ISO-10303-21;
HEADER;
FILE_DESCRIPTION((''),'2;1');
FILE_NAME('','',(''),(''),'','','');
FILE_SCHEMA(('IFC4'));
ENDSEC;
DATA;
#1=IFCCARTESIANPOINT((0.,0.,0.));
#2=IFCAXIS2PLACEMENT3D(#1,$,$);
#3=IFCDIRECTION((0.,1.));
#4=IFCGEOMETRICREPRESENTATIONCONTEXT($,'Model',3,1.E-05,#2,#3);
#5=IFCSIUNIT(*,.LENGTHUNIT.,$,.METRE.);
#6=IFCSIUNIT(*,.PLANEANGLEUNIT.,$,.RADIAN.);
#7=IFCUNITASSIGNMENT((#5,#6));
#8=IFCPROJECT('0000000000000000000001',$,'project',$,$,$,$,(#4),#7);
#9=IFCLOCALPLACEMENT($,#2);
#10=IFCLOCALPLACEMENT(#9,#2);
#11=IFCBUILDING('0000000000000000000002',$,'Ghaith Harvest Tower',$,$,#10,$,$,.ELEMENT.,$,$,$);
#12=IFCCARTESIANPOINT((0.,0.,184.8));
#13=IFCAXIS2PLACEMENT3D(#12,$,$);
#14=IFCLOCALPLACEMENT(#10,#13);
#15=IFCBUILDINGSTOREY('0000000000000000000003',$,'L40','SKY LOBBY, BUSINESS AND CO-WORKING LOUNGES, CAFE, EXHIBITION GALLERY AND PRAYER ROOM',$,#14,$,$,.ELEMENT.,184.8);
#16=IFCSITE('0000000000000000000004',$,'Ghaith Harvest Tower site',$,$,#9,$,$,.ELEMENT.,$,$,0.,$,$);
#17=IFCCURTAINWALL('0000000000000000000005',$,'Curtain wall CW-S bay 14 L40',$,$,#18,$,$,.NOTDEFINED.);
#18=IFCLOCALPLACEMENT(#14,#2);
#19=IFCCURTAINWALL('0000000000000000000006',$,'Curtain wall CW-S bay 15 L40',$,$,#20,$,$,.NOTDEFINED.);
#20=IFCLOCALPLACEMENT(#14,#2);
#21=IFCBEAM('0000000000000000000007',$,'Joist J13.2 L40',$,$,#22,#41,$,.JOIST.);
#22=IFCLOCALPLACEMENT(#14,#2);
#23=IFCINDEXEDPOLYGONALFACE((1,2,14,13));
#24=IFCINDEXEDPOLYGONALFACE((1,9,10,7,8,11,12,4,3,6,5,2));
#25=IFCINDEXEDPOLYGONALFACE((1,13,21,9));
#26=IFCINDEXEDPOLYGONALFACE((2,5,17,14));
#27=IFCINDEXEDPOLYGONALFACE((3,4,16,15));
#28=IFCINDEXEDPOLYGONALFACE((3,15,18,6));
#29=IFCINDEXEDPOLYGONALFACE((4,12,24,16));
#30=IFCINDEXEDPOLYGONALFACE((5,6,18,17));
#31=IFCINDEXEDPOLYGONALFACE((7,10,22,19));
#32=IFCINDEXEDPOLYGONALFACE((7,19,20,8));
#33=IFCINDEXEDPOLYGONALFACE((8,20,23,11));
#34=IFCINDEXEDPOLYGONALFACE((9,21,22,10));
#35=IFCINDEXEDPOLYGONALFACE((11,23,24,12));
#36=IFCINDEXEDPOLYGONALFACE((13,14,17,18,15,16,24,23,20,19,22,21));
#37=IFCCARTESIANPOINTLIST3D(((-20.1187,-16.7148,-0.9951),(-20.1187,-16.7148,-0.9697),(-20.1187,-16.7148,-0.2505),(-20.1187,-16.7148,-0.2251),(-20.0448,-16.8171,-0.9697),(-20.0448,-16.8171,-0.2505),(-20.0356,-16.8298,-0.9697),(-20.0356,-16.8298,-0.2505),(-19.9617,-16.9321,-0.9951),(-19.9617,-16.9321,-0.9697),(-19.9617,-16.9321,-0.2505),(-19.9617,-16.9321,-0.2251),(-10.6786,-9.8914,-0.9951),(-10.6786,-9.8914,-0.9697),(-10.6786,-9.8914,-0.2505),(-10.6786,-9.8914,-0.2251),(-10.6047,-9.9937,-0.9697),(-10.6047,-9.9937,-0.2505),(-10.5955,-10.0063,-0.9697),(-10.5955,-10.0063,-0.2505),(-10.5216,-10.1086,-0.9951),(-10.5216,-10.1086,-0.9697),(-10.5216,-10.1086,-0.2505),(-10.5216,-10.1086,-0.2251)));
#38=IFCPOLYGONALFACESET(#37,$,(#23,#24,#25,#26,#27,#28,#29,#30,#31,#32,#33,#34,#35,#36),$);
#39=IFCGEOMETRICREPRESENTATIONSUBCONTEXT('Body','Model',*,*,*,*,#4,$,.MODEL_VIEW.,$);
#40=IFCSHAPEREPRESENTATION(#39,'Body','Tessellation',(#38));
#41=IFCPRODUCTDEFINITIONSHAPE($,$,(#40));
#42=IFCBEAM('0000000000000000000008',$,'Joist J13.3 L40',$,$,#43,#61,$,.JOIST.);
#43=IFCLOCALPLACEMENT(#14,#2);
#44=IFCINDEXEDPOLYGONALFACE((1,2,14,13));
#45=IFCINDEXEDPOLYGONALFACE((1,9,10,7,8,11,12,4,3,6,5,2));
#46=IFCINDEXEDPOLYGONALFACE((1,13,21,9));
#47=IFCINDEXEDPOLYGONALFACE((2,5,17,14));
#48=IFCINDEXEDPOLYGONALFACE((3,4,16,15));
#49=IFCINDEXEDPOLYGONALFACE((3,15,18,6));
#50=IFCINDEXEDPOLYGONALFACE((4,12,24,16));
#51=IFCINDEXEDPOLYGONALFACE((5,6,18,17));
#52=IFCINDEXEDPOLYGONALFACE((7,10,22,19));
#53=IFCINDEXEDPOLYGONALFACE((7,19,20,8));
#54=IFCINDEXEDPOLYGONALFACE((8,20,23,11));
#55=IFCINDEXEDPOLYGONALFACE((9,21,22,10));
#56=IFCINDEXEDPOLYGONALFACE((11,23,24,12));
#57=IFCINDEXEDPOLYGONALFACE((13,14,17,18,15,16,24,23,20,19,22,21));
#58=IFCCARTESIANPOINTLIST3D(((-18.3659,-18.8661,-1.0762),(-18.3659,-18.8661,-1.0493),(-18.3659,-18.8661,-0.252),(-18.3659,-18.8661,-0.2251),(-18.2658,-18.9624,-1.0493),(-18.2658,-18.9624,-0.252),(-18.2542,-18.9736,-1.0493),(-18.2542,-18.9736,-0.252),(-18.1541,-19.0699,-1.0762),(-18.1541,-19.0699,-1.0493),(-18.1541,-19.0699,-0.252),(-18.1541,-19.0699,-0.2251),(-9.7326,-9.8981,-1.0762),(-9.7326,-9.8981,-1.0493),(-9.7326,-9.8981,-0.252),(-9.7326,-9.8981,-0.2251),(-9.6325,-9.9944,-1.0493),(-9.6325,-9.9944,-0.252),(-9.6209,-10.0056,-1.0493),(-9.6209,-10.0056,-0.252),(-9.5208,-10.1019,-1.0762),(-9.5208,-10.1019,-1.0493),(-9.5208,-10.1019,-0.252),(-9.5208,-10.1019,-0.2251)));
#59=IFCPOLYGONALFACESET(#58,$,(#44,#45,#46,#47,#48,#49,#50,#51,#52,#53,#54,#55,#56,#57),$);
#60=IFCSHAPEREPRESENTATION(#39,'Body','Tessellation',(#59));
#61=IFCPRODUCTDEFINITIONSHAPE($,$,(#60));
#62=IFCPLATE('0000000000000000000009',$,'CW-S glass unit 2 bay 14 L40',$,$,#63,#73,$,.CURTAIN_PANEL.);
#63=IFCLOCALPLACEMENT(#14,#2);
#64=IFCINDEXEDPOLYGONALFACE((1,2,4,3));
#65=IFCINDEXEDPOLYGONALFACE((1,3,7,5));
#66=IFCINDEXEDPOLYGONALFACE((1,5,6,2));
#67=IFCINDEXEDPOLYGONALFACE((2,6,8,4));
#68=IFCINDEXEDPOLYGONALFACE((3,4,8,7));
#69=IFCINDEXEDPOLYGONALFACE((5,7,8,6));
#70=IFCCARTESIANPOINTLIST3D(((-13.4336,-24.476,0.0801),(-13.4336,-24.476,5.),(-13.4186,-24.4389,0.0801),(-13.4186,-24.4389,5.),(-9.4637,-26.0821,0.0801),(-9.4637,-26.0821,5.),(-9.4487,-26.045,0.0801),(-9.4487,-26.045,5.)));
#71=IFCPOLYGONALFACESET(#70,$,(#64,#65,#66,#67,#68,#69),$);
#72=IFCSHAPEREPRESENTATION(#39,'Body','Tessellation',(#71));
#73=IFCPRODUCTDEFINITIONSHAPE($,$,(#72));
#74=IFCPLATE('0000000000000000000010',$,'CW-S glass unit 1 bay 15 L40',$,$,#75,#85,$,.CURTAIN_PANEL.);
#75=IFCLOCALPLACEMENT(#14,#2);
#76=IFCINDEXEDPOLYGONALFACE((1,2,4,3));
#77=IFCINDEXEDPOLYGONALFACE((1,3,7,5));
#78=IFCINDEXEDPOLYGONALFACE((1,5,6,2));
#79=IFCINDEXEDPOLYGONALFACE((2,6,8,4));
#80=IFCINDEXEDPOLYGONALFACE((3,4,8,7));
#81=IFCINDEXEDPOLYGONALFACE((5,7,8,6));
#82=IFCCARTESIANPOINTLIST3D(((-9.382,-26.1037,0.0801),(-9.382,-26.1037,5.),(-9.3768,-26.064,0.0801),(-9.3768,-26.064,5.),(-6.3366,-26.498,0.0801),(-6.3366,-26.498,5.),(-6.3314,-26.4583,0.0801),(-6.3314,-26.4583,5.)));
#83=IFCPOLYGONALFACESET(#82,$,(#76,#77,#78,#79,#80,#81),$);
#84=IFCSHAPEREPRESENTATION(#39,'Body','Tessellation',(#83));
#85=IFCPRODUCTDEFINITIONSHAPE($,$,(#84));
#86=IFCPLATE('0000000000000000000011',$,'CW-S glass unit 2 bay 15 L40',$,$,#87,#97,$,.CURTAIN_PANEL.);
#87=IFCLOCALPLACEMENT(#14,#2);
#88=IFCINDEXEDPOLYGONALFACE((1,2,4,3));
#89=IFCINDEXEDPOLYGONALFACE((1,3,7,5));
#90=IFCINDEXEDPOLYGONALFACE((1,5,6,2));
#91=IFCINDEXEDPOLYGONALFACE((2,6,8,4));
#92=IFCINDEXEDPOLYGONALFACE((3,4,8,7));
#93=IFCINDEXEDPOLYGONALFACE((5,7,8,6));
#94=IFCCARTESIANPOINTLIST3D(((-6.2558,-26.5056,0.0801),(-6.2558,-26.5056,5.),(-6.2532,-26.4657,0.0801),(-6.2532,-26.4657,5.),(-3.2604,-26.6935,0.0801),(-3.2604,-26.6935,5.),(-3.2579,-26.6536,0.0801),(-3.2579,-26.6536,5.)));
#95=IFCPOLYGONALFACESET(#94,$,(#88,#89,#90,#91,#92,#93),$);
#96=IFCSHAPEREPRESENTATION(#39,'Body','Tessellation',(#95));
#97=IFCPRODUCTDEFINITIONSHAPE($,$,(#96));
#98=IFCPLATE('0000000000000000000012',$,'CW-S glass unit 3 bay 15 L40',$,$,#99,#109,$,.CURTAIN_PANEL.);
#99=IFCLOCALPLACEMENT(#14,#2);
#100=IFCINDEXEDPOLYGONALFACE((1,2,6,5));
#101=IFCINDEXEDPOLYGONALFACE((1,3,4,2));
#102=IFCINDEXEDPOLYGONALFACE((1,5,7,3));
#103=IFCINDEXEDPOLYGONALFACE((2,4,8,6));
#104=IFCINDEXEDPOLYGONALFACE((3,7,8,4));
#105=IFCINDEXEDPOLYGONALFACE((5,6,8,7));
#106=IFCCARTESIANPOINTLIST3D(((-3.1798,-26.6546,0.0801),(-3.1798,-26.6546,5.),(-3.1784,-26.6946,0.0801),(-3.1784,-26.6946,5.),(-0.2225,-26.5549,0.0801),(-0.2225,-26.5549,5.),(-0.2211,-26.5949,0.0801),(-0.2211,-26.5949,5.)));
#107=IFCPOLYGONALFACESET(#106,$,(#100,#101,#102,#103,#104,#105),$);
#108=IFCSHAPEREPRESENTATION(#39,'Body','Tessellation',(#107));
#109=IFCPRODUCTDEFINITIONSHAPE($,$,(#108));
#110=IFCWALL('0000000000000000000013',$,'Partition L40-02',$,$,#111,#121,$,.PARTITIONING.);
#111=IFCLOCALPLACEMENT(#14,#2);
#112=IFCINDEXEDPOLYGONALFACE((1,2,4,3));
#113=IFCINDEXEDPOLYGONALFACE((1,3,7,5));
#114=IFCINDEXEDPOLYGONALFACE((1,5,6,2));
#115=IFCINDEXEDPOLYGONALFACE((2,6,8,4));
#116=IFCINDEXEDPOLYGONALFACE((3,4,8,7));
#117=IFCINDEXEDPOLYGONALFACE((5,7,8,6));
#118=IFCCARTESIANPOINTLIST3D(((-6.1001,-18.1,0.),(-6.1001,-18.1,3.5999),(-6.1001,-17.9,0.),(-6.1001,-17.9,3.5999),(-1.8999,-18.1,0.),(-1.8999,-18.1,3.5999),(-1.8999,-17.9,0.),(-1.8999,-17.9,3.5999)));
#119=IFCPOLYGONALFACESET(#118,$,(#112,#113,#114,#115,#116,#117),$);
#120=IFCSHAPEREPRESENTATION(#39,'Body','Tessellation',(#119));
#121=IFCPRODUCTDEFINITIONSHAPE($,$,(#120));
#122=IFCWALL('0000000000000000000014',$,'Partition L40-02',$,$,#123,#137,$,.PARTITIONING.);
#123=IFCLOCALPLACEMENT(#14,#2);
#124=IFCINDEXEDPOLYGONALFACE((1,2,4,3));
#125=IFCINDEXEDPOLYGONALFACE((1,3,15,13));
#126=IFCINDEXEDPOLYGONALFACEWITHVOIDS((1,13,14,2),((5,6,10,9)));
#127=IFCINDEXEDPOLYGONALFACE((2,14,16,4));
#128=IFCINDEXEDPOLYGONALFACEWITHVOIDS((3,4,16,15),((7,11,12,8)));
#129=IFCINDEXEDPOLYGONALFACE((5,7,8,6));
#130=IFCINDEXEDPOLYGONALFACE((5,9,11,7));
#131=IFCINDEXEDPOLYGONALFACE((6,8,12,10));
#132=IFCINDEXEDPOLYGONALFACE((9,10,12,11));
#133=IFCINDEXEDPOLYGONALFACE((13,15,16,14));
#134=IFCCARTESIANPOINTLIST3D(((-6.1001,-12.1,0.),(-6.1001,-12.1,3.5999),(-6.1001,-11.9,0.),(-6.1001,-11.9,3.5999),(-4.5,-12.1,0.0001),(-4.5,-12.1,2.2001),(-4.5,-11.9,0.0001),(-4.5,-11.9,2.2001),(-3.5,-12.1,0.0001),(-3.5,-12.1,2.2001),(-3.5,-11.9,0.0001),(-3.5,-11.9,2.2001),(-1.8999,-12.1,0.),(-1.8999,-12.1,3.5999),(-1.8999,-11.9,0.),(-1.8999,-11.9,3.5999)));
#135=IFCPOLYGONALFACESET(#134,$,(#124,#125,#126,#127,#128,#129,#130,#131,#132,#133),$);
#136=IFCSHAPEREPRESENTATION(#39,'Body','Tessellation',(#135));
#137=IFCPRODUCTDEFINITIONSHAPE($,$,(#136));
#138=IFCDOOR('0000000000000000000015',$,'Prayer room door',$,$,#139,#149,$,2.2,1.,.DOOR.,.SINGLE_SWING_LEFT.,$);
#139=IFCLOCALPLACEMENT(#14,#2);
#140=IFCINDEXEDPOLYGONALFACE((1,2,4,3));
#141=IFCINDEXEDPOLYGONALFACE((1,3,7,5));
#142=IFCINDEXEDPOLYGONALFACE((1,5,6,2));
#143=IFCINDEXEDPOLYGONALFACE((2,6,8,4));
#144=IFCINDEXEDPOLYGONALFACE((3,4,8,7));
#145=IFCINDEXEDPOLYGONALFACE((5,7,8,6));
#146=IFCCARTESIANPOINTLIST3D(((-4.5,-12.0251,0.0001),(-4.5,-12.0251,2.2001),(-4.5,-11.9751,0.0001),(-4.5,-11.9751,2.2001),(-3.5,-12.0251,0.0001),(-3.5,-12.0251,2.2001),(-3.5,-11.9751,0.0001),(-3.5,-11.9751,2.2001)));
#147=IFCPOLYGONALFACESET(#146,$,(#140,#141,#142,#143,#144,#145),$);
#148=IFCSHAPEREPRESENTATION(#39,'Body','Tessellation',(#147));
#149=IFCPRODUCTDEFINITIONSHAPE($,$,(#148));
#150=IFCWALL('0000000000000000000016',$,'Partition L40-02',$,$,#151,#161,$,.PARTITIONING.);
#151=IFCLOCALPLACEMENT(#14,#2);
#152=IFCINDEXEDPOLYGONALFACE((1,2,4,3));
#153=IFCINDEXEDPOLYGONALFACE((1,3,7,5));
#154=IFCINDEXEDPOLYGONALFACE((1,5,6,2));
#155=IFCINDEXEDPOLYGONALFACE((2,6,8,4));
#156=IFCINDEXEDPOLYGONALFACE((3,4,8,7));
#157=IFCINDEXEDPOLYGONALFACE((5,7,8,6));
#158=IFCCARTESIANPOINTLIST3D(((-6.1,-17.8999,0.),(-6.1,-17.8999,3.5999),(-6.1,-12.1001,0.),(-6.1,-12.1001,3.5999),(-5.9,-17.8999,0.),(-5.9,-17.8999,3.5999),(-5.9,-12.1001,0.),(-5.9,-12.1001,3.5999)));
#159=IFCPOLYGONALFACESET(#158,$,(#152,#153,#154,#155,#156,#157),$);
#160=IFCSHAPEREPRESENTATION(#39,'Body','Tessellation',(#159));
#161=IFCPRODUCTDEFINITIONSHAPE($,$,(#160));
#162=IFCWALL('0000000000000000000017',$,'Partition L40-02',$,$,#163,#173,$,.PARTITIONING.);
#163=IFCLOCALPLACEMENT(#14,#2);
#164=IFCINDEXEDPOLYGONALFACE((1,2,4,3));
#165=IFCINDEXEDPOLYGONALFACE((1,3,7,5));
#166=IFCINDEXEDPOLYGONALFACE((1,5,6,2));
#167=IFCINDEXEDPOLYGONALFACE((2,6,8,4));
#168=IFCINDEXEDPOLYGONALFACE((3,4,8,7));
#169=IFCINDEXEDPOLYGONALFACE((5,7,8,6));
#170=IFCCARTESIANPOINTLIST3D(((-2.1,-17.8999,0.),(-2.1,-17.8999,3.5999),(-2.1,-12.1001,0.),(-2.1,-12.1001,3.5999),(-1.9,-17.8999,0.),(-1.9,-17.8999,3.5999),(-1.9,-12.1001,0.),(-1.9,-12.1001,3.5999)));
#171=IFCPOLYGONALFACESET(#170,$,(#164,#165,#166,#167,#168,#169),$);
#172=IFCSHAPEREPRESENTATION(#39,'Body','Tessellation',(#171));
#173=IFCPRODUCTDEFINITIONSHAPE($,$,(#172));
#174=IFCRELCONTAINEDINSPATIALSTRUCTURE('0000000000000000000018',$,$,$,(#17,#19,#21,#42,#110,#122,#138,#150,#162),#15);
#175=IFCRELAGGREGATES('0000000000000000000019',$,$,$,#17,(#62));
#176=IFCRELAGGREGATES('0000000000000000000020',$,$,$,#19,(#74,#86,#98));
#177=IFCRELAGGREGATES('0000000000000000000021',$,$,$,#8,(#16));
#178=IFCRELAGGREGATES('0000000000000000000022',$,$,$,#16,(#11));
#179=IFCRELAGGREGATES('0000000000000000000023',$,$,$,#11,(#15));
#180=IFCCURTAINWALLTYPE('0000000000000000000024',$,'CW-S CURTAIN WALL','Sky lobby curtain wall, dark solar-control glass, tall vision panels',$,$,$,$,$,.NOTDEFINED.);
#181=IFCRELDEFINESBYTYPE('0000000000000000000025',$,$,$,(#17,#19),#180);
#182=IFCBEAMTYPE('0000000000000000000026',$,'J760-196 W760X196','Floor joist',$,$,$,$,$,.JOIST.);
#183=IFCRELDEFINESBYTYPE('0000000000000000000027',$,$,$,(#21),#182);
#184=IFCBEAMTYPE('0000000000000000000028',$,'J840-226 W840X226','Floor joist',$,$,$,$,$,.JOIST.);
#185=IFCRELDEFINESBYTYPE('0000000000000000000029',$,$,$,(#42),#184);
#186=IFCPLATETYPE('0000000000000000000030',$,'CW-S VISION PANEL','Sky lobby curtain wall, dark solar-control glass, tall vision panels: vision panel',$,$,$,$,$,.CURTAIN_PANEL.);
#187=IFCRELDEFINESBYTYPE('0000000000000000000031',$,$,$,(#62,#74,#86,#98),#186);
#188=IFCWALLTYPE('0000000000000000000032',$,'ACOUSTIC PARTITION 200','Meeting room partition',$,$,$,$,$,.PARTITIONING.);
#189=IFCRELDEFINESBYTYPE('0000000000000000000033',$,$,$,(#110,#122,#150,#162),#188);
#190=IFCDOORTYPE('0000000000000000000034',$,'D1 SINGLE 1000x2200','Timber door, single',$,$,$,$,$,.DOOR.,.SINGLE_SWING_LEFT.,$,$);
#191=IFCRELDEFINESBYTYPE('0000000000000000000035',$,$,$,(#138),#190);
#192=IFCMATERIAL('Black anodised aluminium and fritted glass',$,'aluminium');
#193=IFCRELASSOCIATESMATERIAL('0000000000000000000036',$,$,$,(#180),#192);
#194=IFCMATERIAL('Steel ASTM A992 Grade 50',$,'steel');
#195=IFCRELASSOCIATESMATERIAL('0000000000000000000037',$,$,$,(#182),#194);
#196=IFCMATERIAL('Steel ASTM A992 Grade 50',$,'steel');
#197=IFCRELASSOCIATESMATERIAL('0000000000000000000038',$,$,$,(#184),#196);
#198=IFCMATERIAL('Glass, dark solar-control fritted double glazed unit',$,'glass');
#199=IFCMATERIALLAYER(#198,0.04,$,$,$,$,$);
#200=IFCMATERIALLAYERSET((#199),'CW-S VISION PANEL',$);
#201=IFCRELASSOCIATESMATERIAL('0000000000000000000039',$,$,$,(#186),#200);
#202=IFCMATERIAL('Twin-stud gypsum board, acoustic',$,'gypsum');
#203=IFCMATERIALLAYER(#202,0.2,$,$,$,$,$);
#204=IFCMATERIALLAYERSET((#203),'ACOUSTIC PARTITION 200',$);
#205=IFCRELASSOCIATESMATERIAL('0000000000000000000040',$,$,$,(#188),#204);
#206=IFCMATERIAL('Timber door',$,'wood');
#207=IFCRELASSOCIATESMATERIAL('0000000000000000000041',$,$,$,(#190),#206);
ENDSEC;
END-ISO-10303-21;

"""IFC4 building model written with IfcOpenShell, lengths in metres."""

from ifc_helpers import new_model, si_unit, direction, frame, frame_2d, origin, origin_2d, place, context, subcontext, project, spatial, rectangle, i_section, extrude, material, layer, layer_set, material_profile, profile_set, type_object, element, fill, aggregate, save


model = new_model("IFC4")

# Units and contexts
model_context = context("Model", 3, precision=1e-05, world=origin(), true_north=direction((0.0, 1.0)))
body_context = subcontext(model_context, "Body", "Model", "MODEL_VIEW")
ifc_project = project(units=[si_unit("LENGTHUNIT", "METRE"), si_unit("PLANEANGLEUNIT", "RADIAN")], contexts=[model_context])

# Site, building, storey
site_placement = place(None, origin())
site = spatial("IfcSite", under=ifc_project, at=site_placement, Name="Ghaith Harvest Tower site", CompositionType="ELEMENT", RefElevation=0.0)
building_placement = place(site_placement, origin())
building = spatial("IfcBuilding", under=site, at=building_placement, Name="Ghaith Harvest Tower", CompositionType="ELEMENT")
storey_placement = place(building_placement, frame((0.0, 0.0, 184.8)))
storey = spatial("IfcBuildingStorey", under=building, at=storey_placement, Name="L40", Description="SKY LOBBY, BUSINESS AND CO-WORKING LOUNGES, CAFE, EXHIBITION GALLERY AND PRAYER ROOM", CompositionType="ELEMENT", Elevation=184.8)

# Curtain wall
ifc_material_1 = material(Name="Black anodised aluminium and fritted glass", Category="aluminium")
curtain_wall_type = type_object("IfcCurtainWallType", Name="CW-S CURTAIN WALL", Description="Sky lobby curtain wall, dark solar-control glass, tall vision panels", PredefinedType="NOTDEFINED", material=ifc_material_1)
curtain_wall_1_placement = place(storey_placement, origin())
curtain_wall_1 = element("IfcCurtainWall", 1, at=curtain_wall_1_placement, inside=storey, type_object=curtain_wall_type, Name="Curtain wall CW-S bay 14 L40", PredefinedType="NOTDEFINED")

# Curtain wall
curtain_wall_2_placement = place(storey_placement, origin())
curtain_wall_2 = element("IfcCurtainWall", 2, at=curtain_wall_2_placement, inside=storey, type_object=curtain_wall_type, Name="Curtain wall CW-S bay 15 L40", PredefinedType="NOTDEFINED")

# Beams
ifc_material_2 = material(Name="Steel ASTM A992 Grade 50", Category="steel")
ifc_material_profile_1 = material_profile(ifc_material_2, i_section(OverallWidth=0.2681, OverallDepth=0.77, WebThickness=0.0156, FlangeThickness=0.0254, at=origin_2d()), Name="W760X196")
ifc_profile_set_1 = profile_set([ifc_material_profile_1], Name="Steel ASTM A992 Grade 50")
beam_type_1 = type_object("IfcBeamType", Name="J760-196 W760X196", Description="Floor joist", PredefinedType="JOIST", material=ifc_profile_set_1)
beam_1_placement = place(storey_placement, frame((-10.6001, -10.0, -0.6101), z_axis=(-0.810452, -0.585805, 0.0), x_axis=(0.585805, -0.810452, 0.0)))
element("IfcBeam", 3, at=beam_1_placement, inside=storey, type_object=beam_type_1, Name="Joist J13.2 L40", PredefinedType="JOIST", context=body_context, shape_type="SweptSolid", body=[
    extrude(i_section(OverallWidth=0.2681, OverallDepth=0.77, WebThickness=0.0156, FlangeThickness=0.0254, at=origin_2d()), origin(), (0.0, 0.0, 1.0), 11.6479),
])
ifc_material_3 = material(Name="Steel ASTM A992 Grade 50", Category="steel")
ifc_material_profile_2 = material_profile(ifc_material_3, i_section(OverallWidth=0.2939, OverallDepth=0.8511, WebThickness=0.0161, FlangeThickness=0.0269, at=origin_2d()), Name="W840X226")
ifc_profile_set_2 = profile_set([ifc_material_profile_2], Name="Steel ASTM A992 Grade 50")
beam_type_2 = type_object("IfcBeamType", Name="J840-226 W840X226", Description="Floor joist", PredefinedType="JOIST", material=ifc_profile_set_2)
beam_2_placement = place(storey_placement, frame((-9.6267, -10.0, -0.6506), z_axis=(-0.693535, -0.720423, 0.0), x_axis=(0.720423, -0.693535, 0.0)))
element("IfcBeam", 4, at=beam_2_placement, inside=storey, type_object=beam_type_2, Name="Joist J13.3 L40", PredefinedType="JOIST", context=body_context, shape_type="SweptSolid", body=[
    extrude(i_section(OverallWidth=0.2939, OverallDepth=0.8511, WebThickness=0.0161, FlangeThickness=0.0269, at=origin_2d()), origin(), (0.0, 0.0, 1.0), 12.4482),
])

# Plates
ifc_material_4 = material(Name="Glass, dark solar-control fritted double glazed unit", Category="glass")
ifc_layer_1 = layer(ifc_material_4, 0.04)
ifc_layer_set_1 = layer_set([ifc_layer_1], Name="CW-S VISION PANEL")
plate_type = type_object("IfcPlateType", Name="CW-S VISION PANEL", Description="Sky lobby curtain wall, dark solar-control glass, tall vision panels: vision panel", PredefinedType="CURTAIN_PANEL", material=ifc_layer_set_1)
plate_1_placement = place(storey_placement, frame((-11.4412, -25.2605, 0.0801), z_axis=(0.0, 0.0, 1.0), x_axis=(0.927003, -0.375055, 0.0)))
plate_1 = element("IfcPlate", 5, at=plate_1_placement, type_object=plate_type, Name="CW-S glass unit 2 bay 14 L40", PredefinedType="CURTAIN_PANEL", context=body_context, shape_type="SweptSolid", body=[
    extrude(rectangle(XDim=4.2825, YDim=0.04, at=origin_2d()), origin(), (0.0, 0.0, 1.0), 4.9199),
])
aggregate(curtain_wall_1, [plate_1])
plate_2_placement = place(storey_placement, frame((-7.8567, -26.281, 0.0801), z_axis=(0.0, 0.0, 1.0), x_axis=(0.991723, -0.128392, 0.0)))
plate_2 = element("IfcPlate", 6, at=plate_2_placement, type_object=plate_type, Name="CW-S glass unit 1 bay 15 L40", PredefinedType="CURTAIN_PANEL", context=body_context, shape_type="SweptSolid", body=[
    extrude(rectangle(XDim=3.0708, YDim=0.04, at=origin_2d()), origin(), (0.0, 0.0, 1.0), 4.9199),
])
plate_3_placement = place(storey_placement, frame((-4.7568, -26.5796, 0.0801), z_axis=(0.0, 0.0, 1.0), x_axis=(0.998038, -0.062607, 0.0)))
plate_3 = element("IfcPlate", 7, at=plate_3_placement, type_object=plate_type, Name="CW-S glass unit 2 bay 15 L40", PredefinedType="CURTAIN_PANEL", context=body_context, shape_type="SweptSolid", body=[
    extrude(rectangle(XDim=3.0012, YDim=0.04, at=origin_2d()), origin(), (0.0, 0.0, 1.0), 4.9199),
])
plate_4_placement = place(storey_placement, frame((-1.7004, -26.6248, 0.0801), z_axis=(0.0, 0.0, 1.0), x_axis=(0.999432, 0.033714, 0.0)))
plate_4 = element("IfcPlate", 8, at=plate_4_placement, type_object=plate_type, Name="CW-S glass unit 3 bay 15 L40", PredefinedType="CURTAIN_PANEL", context=body_context, shape_type="SweptSolid", body=[
    extrude(rectangle(XDim=2.959, YDim=0.04, at=origin_2d()), origin(), (0.0, 0.0, 1.0), 4.9199),
])
aggregate(curtain_wall_2, [plate_2, plate_3, plate_4])

# Wall
ifc_material_5 = material(Name="Twin-stud gypsum board, acoustic", Category="gypsum")
ifc_layer_2 = layer(ifc_material_5, 0.2)
ifc_layer_set_2 = layer_set([ifc_layer_2], Name="ACOUSTIC PARTITION 200")
wall_type_1 = type_object("IfcWallType", Name="ACOUSTIC PARTITION 200", Description="Meeting room partition", PredefinedType="PARTITIONING", material=ifc_layer_set_2)
wall_1_placement = place(storey_placement, frame((-6.1001, -18.0, 0.0), z_axis=(0.0, 0.0, 1.0), x_axis=(1.0, 0.0, 0.0)))
element("IfcWall", 9, at=wall_1_placement, inside=storey, type_object=wall_type_1, Name="Partition L40-02", PredefinedType="PARTITIONING", context=body_context, shape_type="SweptSolid", body=[
    extrude(rectangle(XDim=4.2002, YDim=0.2, at=frame_2d((2.1001, 0.0))), origin(), (0.0, 0.0, 1.0), 3.5999),
])

# Wall, opening, door
wall_2_placement = place(storey_placement, frame((-6.1001, -12.0, 0.0), z_axis=(0.0, 0.0, 1.0), x_axis=(1.0, 0.0, 0.0)))
wall_2 = element("IfcWall", 10, at=wall_2_placement, inside=storey, type_object=wall_type_1, Name="Partition L40-02", PredefinedType="PARTITIONING", context=body_context, shape_type="SweptSolid", body=[
    extrude(rectangle(XDim=4.2002, YDim=0.2, at=frame_2d((2.1001, 0.0))), origin(), (0.0, 0.0, 1.0), 3.5999),
])
opening_1_placement = place(wall_2_placement, frame((1.6001, 0.0, 0.0)))
opening_1 = element("IfcOpeningElement", 11, at=opening_1_placement, cuts=wall_2, PredefinedType="OPENING", context=body_context, shape_type="SweptSolid", body=[
    extrude(rectangle(XDim=1.0, YDim=2.2, at=frame_2d((0.5, 1.1001))), frame((0.0, 0.1099, 0.0), z_axis=(0.0, -1.0, 0.0), x_axis=(1.0, 0.0, 0.0)), (0.0, 0.0, 1.0), 0.22),
])
ifc_material_6 = material(Name="Timber door", Category="wood")
door_type_1 = type_object("IfcDoorType", Name="D1 SINGLE 1000x2200", Description="Timber door, single", OperationType="SINGLE_SWING_LEFT", PredefinedType="DOOR", material=ifc_material_6)
door_1_placement = place(opening_1_placement, origin())
door_1 = element("IfcDoor", 12, at=door_1_placement, inside=storey, type_object=door_type_1, Name="Prayer room door", OperationType="SINGLE_SWING_LEFT", OverallHeight=2.2, OverallWidth=1.0, PredefinedType="DOOR", context=body_context, shape_type="SweptSolid", body=[
    extrude(rectangle(XDim=1.0, YDim=2.2, at=frame_2d((0.5, 1.1001))), frame((0.0, 0.0249, 0.0), z_axis=(0.0, -1.0, 0.0), x_axis=(1.0, 0.0, 0.0)), (0.0, 0.0, 1.0), 0.05),
])
fill(opening_1, door_1)

# Walls
for number, where, z_axis, x_axis, name in (
    (13, (-6.0, -17.8999, 0.0), (0.0, 0.0, 1.0), (0.0, 1.0, 0.0), "Partition L40-02"),
    (14, (-2.0, -17.8999, 0.0), (0.0, 0.0, 1.0), (0.0, 1.0, 0.0), "Partition L40-02"),
):
    element("IfcWall", number, at=place(storey_placement, frame(where, z_axis=z_axis, x_axis=x_axis)), inside=storey, type_object=wall_type_1, Name=name, PredefinedType="PARTITIONING", context=body_context, shape_type="SweptSolid", body=[
        extrude(rectangle(XDim=5.7998, YDim=0.2, at=frame_2d((2.8999, 0.0))), origin(), (0.0, 0.0, 1.0), 3.5999),
    ])

save(model, "model.ifc")
